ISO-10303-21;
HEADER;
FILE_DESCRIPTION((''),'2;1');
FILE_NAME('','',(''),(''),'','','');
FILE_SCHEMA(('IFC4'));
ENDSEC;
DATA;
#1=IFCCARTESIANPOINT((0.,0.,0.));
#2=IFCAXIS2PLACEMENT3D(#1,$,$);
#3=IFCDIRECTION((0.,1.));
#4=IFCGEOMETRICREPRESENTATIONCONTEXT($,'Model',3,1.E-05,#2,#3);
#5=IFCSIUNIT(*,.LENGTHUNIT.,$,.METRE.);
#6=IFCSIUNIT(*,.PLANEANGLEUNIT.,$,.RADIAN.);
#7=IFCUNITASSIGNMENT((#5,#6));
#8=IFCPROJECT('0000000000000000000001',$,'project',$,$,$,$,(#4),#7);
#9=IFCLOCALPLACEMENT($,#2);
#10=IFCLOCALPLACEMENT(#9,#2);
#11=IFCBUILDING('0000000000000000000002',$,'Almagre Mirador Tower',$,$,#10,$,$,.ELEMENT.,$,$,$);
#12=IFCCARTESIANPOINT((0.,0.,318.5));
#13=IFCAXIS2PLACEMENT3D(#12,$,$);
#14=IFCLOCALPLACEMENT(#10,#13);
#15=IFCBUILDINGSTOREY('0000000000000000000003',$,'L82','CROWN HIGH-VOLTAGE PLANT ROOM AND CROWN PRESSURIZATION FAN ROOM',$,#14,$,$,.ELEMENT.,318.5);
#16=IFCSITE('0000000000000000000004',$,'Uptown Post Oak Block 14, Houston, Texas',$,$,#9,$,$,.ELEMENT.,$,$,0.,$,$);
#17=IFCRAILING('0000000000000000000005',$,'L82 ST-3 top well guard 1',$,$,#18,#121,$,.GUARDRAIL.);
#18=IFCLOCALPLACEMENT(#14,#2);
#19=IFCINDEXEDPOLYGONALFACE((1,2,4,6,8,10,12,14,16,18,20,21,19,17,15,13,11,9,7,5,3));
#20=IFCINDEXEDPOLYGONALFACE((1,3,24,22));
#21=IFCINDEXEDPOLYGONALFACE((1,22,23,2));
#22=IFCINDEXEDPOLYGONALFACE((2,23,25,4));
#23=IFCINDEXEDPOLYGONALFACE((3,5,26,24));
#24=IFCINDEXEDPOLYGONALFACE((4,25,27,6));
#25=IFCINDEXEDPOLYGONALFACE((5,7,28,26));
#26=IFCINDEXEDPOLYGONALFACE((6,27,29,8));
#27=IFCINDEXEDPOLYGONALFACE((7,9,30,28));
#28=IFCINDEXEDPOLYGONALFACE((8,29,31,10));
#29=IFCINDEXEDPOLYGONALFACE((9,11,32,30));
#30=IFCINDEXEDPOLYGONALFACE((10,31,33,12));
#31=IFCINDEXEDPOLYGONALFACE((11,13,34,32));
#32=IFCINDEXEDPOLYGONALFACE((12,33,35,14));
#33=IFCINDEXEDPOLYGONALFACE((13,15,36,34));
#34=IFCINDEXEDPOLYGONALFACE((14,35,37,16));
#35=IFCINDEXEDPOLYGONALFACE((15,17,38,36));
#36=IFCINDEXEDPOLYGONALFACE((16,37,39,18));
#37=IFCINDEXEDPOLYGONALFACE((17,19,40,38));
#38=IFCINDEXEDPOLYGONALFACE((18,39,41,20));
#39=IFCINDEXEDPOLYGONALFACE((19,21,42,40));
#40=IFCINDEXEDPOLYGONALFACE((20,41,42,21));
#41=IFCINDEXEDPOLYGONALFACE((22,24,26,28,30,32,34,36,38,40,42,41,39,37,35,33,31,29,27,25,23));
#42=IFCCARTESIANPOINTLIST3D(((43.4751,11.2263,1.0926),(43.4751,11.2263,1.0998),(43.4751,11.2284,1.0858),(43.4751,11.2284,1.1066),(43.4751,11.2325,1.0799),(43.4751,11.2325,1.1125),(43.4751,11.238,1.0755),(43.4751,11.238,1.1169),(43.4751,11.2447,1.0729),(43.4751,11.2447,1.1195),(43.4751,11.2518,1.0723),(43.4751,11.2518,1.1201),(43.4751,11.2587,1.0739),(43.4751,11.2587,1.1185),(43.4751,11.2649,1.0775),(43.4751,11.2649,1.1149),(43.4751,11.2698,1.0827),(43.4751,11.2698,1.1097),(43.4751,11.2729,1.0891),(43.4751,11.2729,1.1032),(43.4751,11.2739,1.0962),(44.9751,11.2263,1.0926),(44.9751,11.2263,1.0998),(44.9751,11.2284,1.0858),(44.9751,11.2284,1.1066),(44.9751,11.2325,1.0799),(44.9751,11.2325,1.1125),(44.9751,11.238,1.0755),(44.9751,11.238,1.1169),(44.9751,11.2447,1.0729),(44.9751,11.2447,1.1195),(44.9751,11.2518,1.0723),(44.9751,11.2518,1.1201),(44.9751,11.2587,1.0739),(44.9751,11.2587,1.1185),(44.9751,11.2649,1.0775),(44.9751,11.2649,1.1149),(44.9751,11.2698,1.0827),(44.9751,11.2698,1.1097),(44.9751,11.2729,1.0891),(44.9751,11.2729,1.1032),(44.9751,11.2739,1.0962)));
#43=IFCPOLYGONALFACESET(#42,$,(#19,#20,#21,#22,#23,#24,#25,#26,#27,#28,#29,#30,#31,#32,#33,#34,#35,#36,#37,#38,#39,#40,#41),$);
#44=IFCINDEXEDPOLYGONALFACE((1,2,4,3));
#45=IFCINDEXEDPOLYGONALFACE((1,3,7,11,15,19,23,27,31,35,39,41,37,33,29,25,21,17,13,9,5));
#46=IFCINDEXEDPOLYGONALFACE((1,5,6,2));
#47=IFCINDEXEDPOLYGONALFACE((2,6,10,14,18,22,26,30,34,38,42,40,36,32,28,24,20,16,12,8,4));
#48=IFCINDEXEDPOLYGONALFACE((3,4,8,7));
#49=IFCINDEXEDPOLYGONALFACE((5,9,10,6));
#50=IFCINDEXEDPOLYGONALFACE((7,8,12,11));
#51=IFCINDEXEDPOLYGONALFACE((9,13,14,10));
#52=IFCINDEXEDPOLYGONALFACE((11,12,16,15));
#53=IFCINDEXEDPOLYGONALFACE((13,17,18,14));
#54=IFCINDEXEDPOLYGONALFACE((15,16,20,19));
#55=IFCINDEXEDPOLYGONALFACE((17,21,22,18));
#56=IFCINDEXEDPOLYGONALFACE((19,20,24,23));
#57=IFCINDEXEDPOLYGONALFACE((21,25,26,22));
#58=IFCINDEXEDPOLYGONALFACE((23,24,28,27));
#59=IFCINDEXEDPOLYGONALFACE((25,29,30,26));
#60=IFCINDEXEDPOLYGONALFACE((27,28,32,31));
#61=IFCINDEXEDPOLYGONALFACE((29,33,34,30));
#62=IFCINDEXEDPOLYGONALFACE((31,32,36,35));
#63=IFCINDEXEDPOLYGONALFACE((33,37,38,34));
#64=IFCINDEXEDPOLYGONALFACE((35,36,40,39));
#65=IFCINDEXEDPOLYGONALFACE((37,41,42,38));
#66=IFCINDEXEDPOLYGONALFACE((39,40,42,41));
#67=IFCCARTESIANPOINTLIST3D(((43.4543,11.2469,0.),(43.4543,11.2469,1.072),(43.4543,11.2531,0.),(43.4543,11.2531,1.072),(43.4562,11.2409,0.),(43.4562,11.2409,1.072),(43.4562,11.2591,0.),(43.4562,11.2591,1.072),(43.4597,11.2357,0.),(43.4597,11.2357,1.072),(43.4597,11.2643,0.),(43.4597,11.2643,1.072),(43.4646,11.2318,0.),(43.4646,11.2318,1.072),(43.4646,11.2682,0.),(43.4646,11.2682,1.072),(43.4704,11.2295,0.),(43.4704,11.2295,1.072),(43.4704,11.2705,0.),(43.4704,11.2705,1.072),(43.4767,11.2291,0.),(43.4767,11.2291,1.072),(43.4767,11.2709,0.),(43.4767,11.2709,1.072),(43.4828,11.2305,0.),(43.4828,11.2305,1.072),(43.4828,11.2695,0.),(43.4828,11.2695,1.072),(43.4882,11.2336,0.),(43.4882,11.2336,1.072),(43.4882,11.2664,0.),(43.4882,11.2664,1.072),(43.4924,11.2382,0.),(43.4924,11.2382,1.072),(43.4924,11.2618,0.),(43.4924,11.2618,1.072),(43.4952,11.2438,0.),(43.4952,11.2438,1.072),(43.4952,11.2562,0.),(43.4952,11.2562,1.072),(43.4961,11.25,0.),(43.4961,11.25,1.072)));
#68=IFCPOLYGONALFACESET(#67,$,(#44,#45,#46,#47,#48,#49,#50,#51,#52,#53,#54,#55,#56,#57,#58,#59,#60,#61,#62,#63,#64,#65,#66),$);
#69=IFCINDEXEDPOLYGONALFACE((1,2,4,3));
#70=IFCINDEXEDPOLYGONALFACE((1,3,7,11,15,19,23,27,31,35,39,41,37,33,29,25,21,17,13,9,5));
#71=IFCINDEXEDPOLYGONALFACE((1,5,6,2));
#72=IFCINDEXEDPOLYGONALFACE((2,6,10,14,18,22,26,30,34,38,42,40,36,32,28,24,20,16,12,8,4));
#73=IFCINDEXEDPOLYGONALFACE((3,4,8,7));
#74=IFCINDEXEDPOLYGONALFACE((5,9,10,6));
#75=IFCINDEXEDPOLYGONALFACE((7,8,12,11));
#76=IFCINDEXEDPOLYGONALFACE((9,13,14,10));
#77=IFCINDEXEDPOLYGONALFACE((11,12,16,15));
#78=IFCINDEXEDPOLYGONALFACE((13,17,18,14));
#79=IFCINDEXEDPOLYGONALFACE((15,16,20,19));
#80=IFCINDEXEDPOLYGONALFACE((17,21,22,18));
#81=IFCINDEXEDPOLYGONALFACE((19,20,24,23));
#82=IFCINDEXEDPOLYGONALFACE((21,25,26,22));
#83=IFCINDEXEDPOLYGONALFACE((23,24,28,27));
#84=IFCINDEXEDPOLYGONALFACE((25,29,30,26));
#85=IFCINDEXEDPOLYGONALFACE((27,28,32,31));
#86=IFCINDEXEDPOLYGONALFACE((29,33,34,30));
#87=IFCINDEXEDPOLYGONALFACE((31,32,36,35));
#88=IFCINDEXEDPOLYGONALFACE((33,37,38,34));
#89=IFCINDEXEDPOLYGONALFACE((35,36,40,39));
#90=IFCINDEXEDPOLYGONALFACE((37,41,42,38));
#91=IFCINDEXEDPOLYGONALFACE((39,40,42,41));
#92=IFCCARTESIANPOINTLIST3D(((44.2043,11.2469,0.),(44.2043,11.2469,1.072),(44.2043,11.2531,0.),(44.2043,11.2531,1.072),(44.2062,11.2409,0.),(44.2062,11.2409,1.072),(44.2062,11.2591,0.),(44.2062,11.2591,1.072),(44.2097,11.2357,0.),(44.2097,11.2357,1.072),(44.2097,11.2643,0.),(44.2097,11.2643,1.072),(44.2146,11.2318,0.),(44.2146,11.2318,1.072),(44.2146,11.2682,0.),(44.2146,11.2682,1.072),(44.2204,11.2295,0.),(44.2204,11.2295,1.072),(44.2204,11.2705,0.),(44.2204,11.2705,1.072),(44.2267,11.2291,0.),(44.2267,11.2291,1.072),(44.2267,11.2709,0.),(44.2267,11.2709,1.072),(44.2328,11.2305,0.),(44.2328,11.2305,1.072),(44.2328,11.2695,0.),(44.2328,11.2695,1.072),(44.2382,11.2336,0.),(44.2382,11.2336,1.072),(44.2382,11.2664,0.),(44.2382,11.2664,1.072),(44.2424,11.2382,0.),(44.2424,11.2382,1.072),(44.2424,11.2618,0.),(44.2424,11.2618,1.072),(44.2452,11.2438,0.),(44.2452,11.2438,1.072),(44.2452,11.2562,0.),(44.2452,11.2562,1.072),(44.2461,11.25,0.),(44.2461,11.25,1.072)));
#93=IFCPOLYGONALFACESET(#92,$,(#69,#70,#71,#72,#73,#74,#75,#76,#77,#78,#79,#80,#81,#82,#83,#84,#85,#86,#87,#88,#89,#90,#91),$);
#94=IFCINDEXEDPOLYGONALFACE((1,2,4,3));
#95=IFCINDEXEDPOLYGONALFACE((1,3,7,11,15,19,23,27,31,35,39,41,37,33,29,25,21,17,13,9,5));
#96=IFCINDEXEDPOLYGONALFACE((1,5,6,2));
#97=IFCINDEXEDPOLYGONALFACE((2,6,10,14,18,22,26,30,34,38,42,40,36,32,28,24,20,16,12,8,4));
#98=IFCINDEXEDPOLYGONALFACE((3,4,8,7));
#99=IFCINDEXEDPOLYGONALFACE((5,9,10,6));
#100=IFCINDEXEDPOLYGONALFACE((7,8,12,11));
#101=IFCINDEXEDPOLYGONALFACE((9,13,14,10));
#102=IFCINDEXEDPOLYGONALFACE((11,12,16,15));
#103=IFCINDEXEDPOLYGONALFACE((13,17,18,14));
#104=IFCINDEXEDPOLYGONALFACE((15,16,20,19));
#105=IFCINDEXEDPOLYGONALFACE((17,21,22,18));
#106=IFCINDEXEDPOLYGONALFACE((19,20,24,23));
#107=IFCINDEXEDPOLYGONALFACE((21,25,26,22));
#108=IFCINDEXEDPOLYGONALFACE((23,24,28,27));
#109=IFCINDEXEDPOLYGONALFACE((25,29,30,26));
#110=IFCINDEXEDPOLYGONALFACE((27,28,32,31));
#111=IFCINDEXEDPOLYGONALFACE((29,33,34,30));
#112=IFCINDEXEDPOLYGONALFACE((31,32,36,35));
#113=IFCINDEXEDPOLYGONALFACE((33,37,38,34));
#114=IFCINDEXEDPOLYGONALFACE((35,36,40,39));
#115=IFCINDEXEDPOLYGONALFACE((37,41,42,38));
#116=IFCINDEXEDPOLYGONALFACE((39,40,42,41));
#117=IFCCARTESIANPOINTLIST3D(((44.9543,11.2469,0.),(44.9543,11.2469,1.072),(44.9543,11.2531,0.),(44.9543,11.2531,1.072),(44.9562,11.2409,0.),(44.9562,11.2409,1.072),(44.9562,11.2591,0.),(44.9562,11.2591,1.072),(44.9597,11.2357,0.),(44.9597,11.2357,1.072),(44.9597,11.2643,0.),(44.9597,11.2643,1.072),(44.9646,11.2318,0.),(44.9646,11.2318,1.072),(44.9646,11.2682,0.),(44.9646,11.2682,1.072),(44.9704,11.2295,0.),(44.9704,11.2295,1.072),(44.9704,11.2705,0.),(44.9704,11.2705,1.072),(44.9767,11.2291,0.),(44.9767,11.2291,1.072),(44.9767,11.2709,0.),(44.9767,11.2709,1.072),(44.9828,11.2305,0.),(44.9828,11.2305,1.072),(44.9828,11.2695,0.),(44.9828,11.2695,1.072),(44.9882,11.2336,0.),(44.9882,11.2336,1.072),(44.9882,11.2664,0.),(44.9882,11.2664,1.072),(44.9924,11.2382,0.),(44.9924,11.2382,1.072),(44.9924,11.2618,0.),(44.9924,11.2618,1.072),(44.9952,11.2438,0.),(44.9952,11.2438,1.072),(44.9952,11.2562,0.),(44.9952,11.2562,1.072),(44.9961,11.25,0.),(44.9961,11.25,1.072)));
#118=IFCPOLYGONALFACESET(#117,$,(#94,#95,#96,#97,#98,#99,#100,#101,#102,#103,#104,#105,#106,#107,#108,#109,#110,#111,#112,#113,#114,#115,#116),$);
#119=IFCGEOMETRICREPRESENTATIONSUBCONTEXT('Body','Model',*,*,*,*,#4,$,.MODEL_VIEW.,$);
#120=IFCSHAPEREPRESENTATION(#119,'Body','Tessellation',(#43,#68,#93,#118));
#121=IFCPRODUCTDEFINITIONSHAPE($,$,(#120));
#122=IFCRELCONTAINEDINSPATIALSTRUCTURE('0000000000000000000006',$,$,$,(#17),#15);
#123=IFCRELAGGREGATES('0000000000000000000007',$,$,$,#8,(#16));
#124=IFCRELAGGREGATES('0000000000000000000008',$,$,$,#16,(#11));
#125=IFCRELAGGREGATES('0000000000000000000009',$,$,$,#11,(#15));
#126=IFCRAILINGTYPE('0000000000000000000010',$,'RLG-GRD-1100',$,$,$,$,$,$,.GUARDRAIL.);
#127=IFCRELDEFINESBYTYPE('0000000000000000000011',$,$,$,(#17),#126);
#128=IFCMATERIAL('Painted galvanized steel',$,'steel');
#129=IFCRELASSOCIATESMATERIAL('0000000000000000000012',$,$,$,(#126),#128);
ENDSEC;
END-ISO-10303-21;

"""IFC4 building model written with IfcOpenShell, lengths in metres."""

from ifc_helpers import new_model, si_unit, direction, frame, origin, origin_2d, place, context, subcontext, project, spatial, circle, extrude, material, type_object, element, save


model = new_model("IFC4")

# Units and contexts
model_context = context("Model", 3, precision=1e-05, world=origin(), true_north=direction((0.0, 1.0)))
body_context = subcontext(model_context, "Body", "Model", "MODEL_VIEW")
ifc_project = project(units=[si_unit("LENGTHUNIT", "METRE"), si_unit("PLANEANGLEUNIT", "RADIAN")], contexts=[model_context])

# Site, building, storey
site_placement = place(None, origin())
site = spatial("IfcSite", under=ifc_project, at=site_placement, Name="Uptown Post Oak Block 14, Houston, Texas", CompositionType="ELEMENT", RefElevation=0.0)
building_placement = place(site_placement, origin())
building = spatial("IfcBuilding", under=site, at=building_placement, Name="Almagre Mirador Tower", CompositionType="ELEMENT")
storey_placement = place(building_placement, frame((0.0, 0.0, 318.5)))
storey = spatial("IfcBuildingStorey", under=building, at=storey_placement, Name="L82", Description="CROWN HIGH-VOLTAGE PLANT ROOM AND CROWN PRESSURIZATION FAN ROOM", CompositionType="ELEMENT", Elevation=318.5)

# Railing
ifc_material_1 = material(Name="Painted galvanized steel", Category="steel")
railing_type = type_object("IfcRailingType", Name="RLG-GRD-1100", PredefinedType="GUARDRAIL", material=ifc_material_1)
railing_placement = place(storey_placement, frame((43.4751, 11.25, 0.0)))
element("IfcRailing", 1, at=railing_placement, inside=storey, type_object=railing_type, Name="L82 ST-3 top well guard 1", PredefinedType="GUARDRAIL", context=body_context, shape_type="SweptSolid", body=[
    extrude(circle(Radius=0.0239, at=origin_2d()), frame((0.0, 0.0, 1.0962), z_axis=(1.0, 0.0, 0.0), x_axis=(0.0, 1.0, 0.0)), (0.0, 0.0, 1.0), 1.5),
    extrude(circle(Radius=0.021, at=origin_2d()), origin(), (0.0, 0.0, 1.0), 1.072),
    extrude(circle(Radius=0.021, at=origin_2d()), frame((0.75, 0.0, 0.0)), (0.0, 0.0, 1.0), 1.072),
    extrude(circle(Radius=0.021, at=origin_2d()), frame((1.5, 0.0, 0.0)), (0.0, 0.0, 1.0), 1.072),
])

save(model, "model.ifc")
